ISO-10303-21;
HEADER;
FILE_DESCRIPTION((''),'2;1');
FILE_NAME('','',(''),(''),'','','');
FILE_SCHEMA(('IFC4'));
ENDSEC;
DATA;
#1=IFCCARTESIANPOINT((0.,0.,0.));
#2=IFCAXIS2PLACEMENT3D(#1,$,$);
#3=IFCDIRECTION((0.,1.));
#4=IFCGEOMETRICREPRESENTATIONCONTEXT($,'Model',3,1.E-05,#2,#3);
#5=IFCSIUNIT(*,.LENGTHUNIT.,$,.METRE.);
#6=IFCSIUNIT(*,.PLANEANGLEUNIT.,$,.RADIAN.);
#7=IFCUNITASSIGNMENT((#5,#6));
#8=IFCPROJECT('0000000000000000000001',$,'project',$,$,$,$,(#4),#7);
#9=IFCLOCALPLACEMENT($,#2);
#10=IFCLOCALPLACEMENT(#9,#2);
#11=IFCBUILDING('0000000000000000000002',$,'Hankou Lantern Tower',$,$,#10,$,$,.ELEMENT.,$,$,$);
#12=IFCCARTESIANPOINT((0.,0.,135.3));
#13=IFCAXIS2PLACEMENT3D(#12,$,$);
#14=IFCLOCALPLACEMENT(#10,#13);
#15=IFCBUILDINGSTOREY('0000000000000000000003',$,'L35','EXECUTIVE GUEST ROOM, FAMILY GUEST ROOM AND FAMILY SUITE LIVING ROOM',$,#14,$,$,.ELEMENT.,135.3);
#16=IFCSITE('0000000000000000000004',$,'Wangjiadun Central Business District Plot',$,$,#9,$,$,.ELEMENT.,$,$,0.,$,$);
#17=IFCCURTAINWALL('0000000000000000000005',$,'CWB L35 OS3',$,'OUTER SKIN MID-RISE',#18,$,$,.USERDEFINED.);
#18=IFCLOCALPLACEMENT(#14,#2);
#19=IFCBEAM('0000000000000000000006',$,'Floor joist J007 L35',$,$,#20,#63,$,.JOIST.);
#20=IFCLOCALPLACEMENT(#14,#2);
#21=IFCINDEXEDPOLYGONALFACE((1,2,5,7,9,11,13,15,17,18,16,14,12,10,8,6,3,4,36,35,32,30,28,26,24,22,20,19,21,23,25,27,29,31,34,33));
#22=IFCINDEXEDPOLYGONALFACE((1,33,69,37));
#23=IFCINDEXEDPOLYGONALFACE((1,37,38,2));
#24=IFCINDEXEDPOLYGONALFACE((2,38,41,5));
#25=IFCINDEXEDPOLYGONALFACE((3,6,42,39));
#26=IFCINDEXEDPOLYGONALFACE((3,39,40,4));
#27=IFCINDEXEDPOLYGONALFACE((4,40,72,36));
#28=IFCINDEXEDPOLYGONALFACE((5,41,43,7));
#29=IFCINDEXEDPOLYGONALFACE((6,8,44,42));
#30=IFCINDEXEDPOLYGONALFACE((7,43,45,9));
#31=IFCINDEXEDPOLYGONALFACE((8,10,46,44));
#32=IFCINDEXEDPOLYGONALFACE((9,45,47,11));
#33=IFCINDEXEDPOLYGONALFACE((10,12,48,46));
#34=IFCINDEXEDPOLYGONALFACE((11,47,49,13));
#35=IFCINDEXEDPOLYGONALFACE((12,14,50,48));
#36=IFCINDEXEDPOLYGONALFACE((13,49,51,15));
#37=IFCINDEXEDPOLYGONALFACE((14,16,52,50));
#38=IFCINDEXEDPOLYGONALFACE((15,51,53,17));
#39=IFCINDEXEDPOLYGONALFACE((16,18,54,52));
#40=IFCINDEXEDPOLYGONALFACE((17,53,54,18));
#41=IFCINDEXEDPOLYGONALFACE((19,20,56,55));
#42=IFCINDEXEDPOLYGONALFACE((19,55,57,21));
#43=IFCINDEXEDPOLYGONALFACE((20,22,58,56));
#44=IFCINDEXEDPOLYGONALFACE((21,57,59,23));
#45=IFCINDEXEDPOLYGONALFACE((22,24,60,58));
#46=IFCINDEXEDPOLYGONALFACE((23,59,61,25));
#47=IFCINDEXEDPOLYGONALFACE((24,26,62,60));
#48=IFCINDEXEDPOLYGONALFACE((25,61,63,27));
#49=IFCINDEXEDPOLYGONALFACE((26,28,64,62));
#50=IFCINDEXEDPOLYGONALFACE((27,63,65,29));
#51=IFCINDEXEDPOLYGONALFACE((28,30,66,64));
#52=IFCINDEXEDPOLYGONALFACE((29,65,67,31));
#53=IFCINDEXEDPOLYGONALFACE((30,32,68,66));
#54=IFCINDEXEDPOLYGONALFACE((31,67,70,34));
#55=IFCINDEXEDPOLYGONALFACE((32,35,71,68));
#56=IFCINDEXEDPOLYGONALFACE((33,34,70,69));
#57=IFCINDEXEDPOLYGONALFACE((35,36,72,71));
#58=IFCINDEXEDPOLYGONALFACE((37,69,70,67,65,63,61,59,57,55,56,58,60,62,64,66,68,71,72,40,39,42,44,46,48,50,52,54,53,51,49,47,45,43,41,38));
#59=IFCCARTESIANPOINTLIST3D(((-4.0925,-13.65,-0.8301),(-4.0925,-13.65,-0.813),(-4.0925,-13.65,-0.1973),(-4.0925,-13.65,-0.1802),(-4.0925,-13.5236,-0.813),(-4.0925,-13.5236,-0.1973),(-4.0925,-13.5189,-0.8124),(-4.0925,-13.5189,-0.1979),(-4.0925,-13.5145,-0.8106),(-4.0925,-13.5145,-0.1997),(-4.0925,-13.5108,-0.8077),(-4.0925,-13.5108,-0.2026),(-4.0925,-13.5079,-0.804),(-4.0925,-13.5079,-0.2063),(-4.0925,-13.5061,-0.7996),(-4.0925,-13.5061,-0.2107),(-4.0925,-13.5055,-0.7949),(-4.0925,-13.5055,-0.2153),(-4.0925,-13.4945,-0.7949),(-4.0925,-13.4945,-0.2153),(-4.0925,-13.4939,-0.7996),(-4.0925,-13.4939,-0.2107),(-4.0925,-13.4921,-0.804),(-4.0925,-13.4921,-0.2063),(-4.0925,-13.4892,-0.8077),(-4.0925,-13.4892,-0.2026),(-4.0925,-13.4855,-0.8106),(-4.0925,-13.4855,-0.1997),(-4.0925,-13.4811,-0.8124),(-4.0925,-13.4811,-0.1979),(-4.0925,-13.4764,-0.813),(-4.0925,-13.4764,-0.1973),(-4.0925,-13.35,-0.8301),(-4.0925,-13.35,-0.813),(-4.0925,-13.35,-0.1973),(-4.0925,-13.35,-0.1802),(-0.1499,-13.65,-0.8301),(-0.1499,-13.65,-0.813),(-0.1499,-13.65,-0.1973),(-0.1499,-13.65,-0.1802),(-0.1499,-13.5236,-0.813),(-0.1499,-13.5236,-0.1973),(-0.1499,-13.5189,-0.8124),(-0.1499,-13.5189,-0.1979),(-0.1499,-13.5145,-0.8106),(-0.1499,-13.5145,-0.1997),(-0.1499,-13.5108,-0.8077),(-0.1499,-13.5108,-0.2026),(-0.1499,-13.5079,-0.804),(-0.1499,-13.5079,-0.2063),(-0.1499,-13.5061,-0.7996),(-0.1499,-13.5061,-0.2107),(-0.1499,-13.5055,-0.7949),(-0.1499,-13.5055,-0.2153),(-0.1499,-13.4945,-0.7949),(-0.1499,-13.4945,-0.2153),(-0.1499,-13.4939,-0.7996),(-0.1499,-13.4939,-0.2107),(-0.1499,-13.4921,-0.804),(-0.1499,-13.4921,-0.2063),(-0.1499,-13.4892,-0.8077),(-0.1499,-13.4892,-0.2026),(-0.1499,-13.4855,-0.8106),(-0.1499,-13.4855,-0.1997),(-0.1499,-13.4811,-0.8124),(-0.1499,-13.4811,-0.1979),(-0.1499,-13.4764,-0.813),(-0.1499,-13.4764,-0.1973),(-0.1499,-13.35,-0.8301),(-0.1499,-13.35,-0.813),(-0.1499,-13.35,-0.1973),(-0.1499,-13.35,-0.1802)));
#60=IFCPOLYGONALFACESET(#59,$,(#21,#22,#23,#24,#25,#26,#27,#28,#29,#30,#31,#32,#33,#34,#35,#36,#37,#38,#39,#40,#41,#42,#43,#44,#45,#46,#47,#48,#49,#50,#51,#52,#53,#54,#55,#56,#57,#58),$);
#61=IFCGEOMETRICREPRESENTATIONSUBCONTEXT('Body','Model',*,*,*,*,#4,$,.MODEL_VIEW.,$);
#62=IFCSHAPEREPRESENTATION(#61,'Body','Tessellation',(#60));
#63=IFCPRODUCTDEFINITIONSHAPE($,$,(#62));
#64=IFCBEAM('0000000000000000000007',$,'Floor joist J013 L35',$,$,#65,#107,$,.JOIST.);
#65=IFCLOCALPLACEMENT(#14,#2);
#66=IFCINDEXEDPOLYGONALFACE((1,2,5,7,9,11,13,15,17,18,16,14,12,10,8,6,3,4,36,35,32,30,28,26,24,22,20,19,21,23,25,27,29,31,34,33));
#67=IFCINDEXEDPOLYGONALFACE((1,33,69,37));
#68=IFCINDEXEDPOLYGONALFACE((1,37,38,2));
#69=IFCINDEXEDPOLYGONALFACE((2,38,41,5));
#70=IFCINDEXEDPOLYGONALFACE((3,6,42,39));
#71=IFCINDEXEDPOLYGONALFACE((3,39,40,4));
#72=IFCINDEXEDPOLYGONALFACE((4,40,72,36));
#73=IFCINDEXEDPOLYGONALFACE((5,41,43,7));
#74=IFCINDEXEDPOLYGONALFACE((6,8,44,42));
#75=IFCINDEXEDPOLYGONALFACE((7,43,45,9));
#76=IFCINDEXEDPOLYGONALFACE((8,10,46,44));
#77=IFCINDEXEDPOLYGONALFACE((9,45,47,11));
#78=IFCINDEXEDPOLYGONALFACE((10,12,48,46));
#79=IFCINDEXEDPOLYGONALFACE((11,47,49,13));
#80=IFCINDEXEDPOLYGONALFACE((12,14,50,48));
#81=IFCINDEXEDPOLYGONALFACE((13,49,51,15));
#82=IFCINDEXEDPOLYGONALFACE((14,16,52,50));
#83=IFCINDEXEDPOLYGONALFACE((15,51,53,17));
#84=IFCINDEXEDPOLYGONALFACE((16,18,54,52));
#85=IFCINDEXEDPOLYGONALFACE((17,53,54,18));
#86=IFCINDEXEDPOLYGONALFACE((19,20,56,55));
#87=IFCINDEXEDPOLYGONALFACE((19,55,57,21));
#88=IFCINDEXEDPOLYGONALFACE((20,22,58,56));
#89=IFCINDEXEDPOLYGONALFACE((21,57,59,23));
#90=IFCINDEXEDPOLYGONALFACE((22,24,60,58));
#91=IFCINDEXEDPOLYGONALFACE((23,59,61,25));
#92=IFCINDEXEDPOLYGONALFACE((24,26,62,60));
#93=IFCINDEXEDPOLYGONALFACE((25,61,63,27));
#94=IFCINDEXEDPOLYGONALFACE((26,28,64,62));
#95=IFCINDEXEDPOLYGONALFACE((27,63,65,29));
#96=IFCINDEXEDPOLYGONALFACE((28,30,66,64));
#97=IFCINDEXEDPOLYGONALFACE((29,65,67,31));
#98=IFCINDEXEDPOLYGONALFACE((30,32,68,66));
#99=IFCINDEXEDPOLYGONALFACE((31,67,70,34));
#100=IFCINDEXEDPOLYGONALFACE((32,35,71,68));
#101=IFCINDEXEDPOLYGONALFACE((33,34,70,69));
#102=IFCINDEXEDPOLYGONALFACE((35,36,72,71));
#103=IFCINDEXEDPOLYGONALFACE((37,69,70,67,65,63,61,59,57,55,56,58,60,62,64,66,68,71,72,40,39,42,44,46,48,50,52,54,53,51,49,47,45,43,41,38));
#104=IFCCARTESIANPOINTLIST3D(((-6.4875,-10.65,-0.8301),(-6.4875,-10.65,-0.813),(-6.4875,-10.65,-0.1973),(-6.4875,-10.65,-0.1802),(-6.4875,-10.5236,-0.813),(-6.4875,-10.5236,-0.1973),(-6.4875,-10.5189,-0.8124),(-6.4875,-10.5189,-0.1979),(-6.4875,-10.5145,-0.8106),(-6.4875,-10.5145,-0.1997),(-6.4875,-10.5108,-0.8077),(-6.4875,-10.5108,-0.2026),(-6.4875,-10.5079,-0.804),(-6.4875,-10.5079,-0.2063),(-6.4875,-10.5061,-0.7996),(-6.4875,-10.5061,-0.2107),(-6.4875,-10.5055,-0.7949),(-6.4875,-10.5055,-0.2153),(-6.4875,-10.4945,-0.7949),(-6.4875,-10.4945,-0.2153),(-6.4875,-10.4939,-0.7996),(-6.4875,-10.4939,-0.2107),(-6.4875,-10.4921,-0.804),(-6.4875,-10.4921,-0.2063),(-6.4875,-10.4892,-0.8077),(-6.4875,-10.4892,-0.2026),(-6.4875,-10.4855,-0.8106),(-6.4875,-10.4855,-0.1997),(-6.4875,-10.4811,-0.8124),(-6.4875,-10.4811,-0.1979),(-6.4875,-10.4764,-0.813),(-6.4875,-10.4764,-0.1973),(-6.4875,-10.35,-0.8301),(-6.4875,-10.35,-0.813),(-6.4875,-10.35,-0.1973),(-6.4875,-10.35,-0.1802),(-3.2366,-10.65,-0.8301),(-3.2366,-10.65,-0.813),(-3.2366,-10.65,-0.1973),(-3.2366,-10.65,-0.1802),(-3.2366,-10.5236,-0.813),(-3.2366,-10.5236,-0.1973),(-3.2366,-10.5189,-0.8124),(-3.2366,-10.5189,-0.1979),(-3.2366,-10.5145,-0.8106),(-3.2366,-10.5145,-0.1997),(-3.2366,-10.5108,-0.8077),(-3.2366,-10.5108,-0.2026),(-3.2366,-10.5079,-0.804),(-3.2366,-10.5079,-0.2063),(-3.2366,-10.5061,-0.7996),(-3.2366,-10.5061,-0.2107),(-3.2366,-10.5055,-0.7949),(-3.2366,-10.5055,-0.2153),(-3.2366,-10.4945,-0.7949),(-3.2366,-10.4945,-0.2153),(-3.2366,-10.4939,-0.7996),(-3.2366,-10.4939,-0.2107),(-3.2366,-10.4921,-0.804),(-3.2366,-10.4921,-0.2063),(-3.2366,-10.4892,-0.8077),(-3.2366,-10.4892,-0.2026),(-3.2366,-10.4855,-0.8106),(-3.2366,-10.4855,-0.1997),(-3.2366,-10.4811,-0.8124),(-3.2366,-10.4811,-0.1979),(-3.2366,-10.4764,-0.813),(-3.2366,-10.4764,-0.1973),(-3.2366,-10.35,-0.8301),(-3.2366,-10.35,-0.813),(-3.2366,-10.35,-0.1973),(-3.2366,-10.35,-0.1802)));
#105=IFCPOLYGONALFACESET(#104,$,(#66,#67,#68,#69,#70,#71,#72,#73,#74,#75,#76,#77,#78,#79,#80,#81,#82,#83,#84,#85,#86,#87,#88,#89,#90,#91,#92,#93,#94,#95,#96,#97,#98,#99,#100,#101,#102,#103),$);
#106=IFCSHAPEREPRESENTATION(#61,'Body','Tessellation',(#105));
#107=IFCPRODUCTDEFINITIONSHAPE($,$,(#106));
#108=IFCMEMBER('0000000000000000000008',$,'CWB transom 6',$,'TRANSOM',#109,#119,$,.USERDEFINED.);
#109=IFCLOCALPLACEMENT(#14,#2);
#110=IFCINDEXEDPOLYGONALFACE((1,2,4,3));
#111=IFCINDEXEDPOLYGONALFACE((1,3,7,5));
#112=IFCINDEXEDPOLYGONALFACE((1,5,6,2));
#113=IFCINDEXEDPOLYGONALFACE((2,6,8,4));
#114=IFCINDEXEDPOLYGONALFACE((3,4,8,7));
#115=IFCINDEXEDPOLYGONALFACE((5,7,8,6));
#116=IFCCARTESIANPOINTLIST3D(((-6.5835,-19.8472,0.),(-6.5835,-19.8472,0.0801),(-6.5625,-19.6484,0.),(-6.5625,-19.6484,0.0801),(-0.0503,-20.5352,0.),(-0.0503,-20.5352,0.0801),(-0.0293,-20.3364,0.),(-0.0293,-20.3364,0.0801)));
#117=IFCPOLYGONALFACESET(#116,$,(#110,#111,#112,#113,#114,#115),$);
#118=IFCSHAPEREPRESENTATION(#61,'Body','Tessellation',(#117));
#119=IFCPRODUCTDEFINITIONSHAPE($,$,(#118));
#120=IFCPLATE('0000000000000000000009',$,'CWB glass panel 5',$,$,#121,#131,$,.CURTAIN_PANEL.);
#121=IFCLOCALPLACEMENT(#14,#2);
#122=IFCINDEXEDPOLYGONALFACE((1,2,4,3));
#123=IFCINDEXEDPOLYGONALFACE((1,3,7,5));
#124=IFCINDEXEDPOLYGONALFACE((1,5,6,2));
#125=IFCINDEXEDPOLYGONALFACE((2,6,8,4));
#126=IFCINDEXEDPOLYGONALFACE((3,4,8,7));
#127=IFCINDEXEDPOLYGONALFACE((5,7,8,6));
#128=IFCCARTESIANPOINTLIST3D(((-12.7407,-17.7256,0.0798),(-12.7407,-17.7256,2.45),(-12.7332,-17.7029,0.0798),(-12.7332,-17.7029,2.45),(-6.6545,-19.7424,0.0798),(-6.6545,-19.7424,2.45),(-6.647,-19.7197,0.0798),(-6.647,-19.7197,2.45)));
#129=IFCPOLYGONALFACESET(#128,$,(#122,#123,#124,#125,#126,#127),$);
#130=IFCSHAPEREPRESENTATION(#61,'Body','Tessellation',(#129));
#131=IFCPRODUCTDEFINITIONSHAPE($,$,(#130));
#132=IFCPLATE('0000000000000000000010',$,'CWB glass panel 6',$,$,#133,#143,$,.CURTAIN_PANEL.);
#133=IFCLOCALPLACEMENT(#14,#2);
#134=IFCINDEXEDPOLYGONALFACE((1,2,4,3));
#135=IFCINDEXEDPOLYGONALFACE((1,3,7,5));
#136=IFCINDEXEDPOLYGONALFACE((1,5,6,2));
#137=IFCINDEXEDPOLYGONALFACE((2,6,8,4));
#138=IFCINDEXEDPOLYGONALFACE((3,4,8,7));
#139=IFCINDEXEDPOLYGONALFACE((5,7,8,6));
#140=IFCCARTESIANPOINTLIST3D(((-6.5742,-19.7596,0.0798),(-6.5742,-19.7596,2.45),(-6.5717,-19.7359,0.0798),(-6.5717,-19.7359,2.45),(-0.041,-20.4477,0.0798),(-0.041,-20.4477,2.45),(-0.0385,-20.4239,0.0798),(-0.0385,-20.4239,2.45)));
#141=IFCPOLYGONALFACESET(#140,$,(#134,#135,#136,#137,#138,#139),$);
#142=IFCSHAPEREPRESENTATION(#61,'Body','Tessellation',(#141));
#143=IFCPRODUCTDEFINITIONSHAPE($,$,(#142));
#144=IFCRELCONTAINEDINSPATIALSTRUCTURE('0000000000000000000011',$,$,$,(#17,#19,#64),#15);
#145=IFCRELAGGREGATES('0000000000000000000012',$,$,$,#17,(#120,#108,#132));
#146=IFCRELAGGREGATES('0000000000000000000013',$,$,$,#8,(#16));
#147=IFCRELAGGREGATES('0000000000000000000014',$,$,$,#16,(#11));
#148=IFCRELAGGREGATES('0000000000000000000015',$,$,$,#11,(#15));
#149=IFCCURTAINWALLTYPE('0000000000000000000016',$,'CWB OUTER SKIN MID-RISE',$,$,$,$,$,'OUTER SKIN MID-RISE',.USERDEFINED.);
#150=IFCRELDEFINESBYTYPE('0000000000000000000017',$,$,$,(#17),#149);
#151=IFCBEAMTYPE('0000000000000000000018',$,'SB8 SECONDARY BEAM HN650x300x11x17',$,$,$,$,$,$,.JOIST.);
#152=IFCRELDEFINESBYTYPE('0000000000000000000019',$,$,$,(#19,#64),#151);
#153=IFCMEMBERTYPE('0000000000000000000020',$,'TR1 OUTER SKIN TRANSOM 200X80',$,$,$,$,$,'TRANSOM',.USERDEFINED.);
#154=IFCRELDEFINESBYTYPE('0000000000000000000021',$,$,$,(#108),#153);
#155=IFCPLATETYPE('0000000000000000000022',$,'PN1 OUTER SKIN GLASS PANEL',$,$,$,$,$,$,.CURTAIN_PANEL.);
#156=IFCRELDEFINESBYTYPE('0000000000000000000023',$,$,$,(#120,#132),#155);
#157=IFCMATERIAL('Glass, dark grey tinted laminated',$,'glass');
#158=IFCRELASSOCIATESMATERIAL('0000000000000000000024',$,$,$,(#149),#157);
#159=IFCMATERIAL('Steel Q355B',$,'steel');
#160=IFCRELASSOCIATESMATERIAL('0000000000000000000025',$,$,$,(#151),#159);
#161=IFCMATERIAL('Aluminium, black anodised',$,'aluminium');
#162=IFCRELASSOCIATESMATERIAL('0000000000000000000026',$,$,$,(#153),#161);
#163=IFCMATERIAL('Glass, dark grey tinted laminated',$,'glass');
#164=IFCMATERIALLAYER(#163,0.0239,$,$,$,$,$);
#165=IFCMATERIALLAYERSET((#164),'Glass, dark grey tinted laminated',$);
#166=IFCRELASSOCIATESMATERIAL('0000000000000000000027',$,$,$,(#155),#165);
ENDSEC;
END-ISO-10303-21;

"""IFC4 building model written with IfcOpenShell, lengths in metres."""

from ifc_helpers import new_model, si_unit, direction, frame, origin, origin_2d, place, context, subcontext, project, spatial, rectangle, i_section, extrude, material, layer, layer_set, material_profile, profile_set, type_object, element, aggregate, save


model = new_model("IFC4")

# Units and contexts
model_context = context("Model", 3, precision=1e-05, world=origin(), true_north=direction((0.0, 1.0)))
body_context = subcontext(model_context, "Body", "Model", "MODEL_VIEW")
ifc_project = project(units=[si_unit("LENGTHUNIT", "METRE"), si_unit("PLANEANGLEUNIT", "RADIAN")], contexts=[model_context])

# Site, building, storey
site_placement = place(None, origin())
site = spatial("IfcSite", under=ifc_project, at=site_placement, Name="Wangjiadun Central Business District Plot", CompositionType="ELEMENT", RefElevation=0.0)
building_placement = place(site_placement, origin())
building = spatial("IfcBuilding", under=site, at=building_placement, Name="Hankou Lantern Tower", CompositionType="ELEMENT")
storey_placement = place(building_placement, frame((0.0, 0.0, 135.3)))
storey = spatial("IfcBuildingStorey", under=building, at=storey_placement, Name="L35", Description="EXECUTIVE GUEST ROOM, FAMILY GUEST ROOM AND FAMILY SUITE LIVING ROOM", CompositionType="ELEMENT", Elevation=135.3)

# Curtain wall
ifc_material_1 = material(Name="Glass, dark grey tinted laminated", Category="glass")
curtain_wall_type = type_object("IfcCurtainWallType", Name="CWB OUTER SKIN MID-RISE", ElementType="OUTER SKIN MID-RISE", PredefinedType="USERDEFINED", material=ifc_material_1)
curtain_wall_1_placement = place(storey_placement, origin())
curtain_wall_1 = element("IfcCurtainWall", 1, at=curtain_wall_1_placement, inside=storey, type_object=curtain_wall_type, Name="CWB L35 OS3", ObjectType="OUTER SKIN MID-RISE", PredefinedType="USERDEFINED")

# Beams
ifc_material_2 = material(Name="Steel Q355B", Category="steel")
ifc_material_profile_1 = material_profile(ifc_material_2, i_section(OverallWidth=0.3, OverallDepth=0.6499, WebThickness=0.011, FlangeThickness=0.0171, FilletRadius=0.0181, at=origin_2d()), Name="HN650x300x11x17")
ifc_profile_set_1 = profile_set([ifc_material_profile_1], Name="Steel Q355B")
beam_type_1 = type_object("IfcBeamType", Name="SB8 SECONDARY BEAM HN650x300x11x17", PredefinedType="JOIST", material=ifc_profile_set_1)
beam_1_placement = place(storey_placement, frame((-4.0925, -13.5, -0.5051), z_axis=(1.0, 0.0, 0.0), x_axis=(0.0, 1.0, 0.0)))
element("IfcBeam", 2, at=beam_1_placement, inside=storey, type_object=beam_type_1, Name="Floor joist J007 L35", PredefinedType="JOIST", context=body_context, shape_type="SweptSolid", body=[
    extrude(i_section(OverallWidth=0.3, OverallDepth=0.6499, WebThickness=0.011, FlangeThickness=0.0171, FilletRadius=0.0181, at=origin_2d()), origin(), (0.0, 0.0, 1.0), 3.9426),
])
beam_2_placement = place(storey_placement, frame((-6.4875, -10.5, -0.5051), z_axis=(1.0, 0.0, 0.0), x_axis=(0.0, 1.0, 0.0)))
element("IfcBeam", 3, at=beam_2_placement, inside=storey, type_object=beam_type_1, Name="Floor joist J013 L35", PredefinedType="JOIST", context=body_context, shape_type="SweptSolid", body=[
    extrude(i_section(OverallWidth=0.3, OverallDepth=0.6499, WebThickness=0.011, FlangeThickness=0.0171, FilletRadius=0.0181, at=origin_2d()), origin(), (0.0, 0.0, 1.0), 3.251),
])

# Member
ifc_material_3 = material(Name="Aluminium, black anodised", Category="aluminium")
ifc_material_profile_2 = material_profile(ifc_material_3, rectangle(XDim=0.2, YDim=0.0801, at=origin_2d()), Name="TR1 200X80")
ifc_profile_set_2 = profile_set([ifc_material_profile_2], Name="Aluminium, black anodised")
member_type_1 = type_object("IfcMemberType", Name="TR1 OUTER SKIN TRANSOM 200X80", ElementType="TRANSOM", PredefinedType="USERDEFINED", material=ifc_profile_set_2)
member_1_placement = place(storey_placement, frame((-6.573, -19.7478, 0.04), z_axis=(0.994501, -0.104727, 0.0), x_axis=(0.104727, 0.994501, 0.0)))
member_1 = element("IfcMember", 4, at=member_1_placement, type_object=member_type_1, Name="CWB transom 6", ObjectType="TRANSOM", PredefinedType="USERDEFINED", context=body_context, shape_type="SweptSolid", body=[
    extrude(rectangle(XDim=0.2, YDim=0.0801, at=origin_2d()), origin(), (0.0, 0.0, 1.0), 6.5693),
])

# Plates
ifc_material_4 = material(Name="Glass, dark grey tinted laminated", Category="glass")
ifc_layer_1 = layer(ifc_material_4, 0.0239)
ifc_layer_set_1 = layer_set([ifc_layer_1], Name="Glass, dark grey tinted laminated")
plate_type = type_object("IfcPlateType", Name="PN1 OUTER SKIN GLASS PANEL", PredefinedType="CURTAIN_PANEL", material=ifc_layer_set_1)
plate_1_placement = place(storey_placement, frame((-9.6938, -18.7227, 0.0798), z_axis=(0.0, 0.0, 1.0), x_axis=(0.949241, -0.314551, 0.0)))
plate_1 = element("IfcPlate", 5, at=plate_1_placement, type_object=plate_type, Name="CWB glass panel 5", PredefinedType="CURTAIN_PANEL", context=body_context, shape_type="SweptSolid", body=[
    extrude(rectangle(XDim=6.4116, YDim=0.0239, at=origin_2d()), origin(), (0.0, 0.0, 1.0), 2.3701),
])
plate_2_placement = place(storey_placement, frame((-3.3064, -20.0918, 0.0798), z_axis=(0.0, 0.0, 1.0), x_axis=(0.994499, -0.104743, 0.0)))
plate_2 = element("IfcPlate", 6, at=plate_2_placement, type_object=plate_type, Name="CWB glass panel 6", PredefinedType="CURTAIN_PANEL", context=body_context, shape_type="SweptSolid", body=[
    extrude(rectangle(XDim=6.5693, YDim=0.0239, at=origin_2d()), origin(), (0.0, 0.0, 1.0), 2.3701),
])
aggregate(curtain_wall_1, [plate_1, member_1, plate_2])

save(model, "model.ifc")
